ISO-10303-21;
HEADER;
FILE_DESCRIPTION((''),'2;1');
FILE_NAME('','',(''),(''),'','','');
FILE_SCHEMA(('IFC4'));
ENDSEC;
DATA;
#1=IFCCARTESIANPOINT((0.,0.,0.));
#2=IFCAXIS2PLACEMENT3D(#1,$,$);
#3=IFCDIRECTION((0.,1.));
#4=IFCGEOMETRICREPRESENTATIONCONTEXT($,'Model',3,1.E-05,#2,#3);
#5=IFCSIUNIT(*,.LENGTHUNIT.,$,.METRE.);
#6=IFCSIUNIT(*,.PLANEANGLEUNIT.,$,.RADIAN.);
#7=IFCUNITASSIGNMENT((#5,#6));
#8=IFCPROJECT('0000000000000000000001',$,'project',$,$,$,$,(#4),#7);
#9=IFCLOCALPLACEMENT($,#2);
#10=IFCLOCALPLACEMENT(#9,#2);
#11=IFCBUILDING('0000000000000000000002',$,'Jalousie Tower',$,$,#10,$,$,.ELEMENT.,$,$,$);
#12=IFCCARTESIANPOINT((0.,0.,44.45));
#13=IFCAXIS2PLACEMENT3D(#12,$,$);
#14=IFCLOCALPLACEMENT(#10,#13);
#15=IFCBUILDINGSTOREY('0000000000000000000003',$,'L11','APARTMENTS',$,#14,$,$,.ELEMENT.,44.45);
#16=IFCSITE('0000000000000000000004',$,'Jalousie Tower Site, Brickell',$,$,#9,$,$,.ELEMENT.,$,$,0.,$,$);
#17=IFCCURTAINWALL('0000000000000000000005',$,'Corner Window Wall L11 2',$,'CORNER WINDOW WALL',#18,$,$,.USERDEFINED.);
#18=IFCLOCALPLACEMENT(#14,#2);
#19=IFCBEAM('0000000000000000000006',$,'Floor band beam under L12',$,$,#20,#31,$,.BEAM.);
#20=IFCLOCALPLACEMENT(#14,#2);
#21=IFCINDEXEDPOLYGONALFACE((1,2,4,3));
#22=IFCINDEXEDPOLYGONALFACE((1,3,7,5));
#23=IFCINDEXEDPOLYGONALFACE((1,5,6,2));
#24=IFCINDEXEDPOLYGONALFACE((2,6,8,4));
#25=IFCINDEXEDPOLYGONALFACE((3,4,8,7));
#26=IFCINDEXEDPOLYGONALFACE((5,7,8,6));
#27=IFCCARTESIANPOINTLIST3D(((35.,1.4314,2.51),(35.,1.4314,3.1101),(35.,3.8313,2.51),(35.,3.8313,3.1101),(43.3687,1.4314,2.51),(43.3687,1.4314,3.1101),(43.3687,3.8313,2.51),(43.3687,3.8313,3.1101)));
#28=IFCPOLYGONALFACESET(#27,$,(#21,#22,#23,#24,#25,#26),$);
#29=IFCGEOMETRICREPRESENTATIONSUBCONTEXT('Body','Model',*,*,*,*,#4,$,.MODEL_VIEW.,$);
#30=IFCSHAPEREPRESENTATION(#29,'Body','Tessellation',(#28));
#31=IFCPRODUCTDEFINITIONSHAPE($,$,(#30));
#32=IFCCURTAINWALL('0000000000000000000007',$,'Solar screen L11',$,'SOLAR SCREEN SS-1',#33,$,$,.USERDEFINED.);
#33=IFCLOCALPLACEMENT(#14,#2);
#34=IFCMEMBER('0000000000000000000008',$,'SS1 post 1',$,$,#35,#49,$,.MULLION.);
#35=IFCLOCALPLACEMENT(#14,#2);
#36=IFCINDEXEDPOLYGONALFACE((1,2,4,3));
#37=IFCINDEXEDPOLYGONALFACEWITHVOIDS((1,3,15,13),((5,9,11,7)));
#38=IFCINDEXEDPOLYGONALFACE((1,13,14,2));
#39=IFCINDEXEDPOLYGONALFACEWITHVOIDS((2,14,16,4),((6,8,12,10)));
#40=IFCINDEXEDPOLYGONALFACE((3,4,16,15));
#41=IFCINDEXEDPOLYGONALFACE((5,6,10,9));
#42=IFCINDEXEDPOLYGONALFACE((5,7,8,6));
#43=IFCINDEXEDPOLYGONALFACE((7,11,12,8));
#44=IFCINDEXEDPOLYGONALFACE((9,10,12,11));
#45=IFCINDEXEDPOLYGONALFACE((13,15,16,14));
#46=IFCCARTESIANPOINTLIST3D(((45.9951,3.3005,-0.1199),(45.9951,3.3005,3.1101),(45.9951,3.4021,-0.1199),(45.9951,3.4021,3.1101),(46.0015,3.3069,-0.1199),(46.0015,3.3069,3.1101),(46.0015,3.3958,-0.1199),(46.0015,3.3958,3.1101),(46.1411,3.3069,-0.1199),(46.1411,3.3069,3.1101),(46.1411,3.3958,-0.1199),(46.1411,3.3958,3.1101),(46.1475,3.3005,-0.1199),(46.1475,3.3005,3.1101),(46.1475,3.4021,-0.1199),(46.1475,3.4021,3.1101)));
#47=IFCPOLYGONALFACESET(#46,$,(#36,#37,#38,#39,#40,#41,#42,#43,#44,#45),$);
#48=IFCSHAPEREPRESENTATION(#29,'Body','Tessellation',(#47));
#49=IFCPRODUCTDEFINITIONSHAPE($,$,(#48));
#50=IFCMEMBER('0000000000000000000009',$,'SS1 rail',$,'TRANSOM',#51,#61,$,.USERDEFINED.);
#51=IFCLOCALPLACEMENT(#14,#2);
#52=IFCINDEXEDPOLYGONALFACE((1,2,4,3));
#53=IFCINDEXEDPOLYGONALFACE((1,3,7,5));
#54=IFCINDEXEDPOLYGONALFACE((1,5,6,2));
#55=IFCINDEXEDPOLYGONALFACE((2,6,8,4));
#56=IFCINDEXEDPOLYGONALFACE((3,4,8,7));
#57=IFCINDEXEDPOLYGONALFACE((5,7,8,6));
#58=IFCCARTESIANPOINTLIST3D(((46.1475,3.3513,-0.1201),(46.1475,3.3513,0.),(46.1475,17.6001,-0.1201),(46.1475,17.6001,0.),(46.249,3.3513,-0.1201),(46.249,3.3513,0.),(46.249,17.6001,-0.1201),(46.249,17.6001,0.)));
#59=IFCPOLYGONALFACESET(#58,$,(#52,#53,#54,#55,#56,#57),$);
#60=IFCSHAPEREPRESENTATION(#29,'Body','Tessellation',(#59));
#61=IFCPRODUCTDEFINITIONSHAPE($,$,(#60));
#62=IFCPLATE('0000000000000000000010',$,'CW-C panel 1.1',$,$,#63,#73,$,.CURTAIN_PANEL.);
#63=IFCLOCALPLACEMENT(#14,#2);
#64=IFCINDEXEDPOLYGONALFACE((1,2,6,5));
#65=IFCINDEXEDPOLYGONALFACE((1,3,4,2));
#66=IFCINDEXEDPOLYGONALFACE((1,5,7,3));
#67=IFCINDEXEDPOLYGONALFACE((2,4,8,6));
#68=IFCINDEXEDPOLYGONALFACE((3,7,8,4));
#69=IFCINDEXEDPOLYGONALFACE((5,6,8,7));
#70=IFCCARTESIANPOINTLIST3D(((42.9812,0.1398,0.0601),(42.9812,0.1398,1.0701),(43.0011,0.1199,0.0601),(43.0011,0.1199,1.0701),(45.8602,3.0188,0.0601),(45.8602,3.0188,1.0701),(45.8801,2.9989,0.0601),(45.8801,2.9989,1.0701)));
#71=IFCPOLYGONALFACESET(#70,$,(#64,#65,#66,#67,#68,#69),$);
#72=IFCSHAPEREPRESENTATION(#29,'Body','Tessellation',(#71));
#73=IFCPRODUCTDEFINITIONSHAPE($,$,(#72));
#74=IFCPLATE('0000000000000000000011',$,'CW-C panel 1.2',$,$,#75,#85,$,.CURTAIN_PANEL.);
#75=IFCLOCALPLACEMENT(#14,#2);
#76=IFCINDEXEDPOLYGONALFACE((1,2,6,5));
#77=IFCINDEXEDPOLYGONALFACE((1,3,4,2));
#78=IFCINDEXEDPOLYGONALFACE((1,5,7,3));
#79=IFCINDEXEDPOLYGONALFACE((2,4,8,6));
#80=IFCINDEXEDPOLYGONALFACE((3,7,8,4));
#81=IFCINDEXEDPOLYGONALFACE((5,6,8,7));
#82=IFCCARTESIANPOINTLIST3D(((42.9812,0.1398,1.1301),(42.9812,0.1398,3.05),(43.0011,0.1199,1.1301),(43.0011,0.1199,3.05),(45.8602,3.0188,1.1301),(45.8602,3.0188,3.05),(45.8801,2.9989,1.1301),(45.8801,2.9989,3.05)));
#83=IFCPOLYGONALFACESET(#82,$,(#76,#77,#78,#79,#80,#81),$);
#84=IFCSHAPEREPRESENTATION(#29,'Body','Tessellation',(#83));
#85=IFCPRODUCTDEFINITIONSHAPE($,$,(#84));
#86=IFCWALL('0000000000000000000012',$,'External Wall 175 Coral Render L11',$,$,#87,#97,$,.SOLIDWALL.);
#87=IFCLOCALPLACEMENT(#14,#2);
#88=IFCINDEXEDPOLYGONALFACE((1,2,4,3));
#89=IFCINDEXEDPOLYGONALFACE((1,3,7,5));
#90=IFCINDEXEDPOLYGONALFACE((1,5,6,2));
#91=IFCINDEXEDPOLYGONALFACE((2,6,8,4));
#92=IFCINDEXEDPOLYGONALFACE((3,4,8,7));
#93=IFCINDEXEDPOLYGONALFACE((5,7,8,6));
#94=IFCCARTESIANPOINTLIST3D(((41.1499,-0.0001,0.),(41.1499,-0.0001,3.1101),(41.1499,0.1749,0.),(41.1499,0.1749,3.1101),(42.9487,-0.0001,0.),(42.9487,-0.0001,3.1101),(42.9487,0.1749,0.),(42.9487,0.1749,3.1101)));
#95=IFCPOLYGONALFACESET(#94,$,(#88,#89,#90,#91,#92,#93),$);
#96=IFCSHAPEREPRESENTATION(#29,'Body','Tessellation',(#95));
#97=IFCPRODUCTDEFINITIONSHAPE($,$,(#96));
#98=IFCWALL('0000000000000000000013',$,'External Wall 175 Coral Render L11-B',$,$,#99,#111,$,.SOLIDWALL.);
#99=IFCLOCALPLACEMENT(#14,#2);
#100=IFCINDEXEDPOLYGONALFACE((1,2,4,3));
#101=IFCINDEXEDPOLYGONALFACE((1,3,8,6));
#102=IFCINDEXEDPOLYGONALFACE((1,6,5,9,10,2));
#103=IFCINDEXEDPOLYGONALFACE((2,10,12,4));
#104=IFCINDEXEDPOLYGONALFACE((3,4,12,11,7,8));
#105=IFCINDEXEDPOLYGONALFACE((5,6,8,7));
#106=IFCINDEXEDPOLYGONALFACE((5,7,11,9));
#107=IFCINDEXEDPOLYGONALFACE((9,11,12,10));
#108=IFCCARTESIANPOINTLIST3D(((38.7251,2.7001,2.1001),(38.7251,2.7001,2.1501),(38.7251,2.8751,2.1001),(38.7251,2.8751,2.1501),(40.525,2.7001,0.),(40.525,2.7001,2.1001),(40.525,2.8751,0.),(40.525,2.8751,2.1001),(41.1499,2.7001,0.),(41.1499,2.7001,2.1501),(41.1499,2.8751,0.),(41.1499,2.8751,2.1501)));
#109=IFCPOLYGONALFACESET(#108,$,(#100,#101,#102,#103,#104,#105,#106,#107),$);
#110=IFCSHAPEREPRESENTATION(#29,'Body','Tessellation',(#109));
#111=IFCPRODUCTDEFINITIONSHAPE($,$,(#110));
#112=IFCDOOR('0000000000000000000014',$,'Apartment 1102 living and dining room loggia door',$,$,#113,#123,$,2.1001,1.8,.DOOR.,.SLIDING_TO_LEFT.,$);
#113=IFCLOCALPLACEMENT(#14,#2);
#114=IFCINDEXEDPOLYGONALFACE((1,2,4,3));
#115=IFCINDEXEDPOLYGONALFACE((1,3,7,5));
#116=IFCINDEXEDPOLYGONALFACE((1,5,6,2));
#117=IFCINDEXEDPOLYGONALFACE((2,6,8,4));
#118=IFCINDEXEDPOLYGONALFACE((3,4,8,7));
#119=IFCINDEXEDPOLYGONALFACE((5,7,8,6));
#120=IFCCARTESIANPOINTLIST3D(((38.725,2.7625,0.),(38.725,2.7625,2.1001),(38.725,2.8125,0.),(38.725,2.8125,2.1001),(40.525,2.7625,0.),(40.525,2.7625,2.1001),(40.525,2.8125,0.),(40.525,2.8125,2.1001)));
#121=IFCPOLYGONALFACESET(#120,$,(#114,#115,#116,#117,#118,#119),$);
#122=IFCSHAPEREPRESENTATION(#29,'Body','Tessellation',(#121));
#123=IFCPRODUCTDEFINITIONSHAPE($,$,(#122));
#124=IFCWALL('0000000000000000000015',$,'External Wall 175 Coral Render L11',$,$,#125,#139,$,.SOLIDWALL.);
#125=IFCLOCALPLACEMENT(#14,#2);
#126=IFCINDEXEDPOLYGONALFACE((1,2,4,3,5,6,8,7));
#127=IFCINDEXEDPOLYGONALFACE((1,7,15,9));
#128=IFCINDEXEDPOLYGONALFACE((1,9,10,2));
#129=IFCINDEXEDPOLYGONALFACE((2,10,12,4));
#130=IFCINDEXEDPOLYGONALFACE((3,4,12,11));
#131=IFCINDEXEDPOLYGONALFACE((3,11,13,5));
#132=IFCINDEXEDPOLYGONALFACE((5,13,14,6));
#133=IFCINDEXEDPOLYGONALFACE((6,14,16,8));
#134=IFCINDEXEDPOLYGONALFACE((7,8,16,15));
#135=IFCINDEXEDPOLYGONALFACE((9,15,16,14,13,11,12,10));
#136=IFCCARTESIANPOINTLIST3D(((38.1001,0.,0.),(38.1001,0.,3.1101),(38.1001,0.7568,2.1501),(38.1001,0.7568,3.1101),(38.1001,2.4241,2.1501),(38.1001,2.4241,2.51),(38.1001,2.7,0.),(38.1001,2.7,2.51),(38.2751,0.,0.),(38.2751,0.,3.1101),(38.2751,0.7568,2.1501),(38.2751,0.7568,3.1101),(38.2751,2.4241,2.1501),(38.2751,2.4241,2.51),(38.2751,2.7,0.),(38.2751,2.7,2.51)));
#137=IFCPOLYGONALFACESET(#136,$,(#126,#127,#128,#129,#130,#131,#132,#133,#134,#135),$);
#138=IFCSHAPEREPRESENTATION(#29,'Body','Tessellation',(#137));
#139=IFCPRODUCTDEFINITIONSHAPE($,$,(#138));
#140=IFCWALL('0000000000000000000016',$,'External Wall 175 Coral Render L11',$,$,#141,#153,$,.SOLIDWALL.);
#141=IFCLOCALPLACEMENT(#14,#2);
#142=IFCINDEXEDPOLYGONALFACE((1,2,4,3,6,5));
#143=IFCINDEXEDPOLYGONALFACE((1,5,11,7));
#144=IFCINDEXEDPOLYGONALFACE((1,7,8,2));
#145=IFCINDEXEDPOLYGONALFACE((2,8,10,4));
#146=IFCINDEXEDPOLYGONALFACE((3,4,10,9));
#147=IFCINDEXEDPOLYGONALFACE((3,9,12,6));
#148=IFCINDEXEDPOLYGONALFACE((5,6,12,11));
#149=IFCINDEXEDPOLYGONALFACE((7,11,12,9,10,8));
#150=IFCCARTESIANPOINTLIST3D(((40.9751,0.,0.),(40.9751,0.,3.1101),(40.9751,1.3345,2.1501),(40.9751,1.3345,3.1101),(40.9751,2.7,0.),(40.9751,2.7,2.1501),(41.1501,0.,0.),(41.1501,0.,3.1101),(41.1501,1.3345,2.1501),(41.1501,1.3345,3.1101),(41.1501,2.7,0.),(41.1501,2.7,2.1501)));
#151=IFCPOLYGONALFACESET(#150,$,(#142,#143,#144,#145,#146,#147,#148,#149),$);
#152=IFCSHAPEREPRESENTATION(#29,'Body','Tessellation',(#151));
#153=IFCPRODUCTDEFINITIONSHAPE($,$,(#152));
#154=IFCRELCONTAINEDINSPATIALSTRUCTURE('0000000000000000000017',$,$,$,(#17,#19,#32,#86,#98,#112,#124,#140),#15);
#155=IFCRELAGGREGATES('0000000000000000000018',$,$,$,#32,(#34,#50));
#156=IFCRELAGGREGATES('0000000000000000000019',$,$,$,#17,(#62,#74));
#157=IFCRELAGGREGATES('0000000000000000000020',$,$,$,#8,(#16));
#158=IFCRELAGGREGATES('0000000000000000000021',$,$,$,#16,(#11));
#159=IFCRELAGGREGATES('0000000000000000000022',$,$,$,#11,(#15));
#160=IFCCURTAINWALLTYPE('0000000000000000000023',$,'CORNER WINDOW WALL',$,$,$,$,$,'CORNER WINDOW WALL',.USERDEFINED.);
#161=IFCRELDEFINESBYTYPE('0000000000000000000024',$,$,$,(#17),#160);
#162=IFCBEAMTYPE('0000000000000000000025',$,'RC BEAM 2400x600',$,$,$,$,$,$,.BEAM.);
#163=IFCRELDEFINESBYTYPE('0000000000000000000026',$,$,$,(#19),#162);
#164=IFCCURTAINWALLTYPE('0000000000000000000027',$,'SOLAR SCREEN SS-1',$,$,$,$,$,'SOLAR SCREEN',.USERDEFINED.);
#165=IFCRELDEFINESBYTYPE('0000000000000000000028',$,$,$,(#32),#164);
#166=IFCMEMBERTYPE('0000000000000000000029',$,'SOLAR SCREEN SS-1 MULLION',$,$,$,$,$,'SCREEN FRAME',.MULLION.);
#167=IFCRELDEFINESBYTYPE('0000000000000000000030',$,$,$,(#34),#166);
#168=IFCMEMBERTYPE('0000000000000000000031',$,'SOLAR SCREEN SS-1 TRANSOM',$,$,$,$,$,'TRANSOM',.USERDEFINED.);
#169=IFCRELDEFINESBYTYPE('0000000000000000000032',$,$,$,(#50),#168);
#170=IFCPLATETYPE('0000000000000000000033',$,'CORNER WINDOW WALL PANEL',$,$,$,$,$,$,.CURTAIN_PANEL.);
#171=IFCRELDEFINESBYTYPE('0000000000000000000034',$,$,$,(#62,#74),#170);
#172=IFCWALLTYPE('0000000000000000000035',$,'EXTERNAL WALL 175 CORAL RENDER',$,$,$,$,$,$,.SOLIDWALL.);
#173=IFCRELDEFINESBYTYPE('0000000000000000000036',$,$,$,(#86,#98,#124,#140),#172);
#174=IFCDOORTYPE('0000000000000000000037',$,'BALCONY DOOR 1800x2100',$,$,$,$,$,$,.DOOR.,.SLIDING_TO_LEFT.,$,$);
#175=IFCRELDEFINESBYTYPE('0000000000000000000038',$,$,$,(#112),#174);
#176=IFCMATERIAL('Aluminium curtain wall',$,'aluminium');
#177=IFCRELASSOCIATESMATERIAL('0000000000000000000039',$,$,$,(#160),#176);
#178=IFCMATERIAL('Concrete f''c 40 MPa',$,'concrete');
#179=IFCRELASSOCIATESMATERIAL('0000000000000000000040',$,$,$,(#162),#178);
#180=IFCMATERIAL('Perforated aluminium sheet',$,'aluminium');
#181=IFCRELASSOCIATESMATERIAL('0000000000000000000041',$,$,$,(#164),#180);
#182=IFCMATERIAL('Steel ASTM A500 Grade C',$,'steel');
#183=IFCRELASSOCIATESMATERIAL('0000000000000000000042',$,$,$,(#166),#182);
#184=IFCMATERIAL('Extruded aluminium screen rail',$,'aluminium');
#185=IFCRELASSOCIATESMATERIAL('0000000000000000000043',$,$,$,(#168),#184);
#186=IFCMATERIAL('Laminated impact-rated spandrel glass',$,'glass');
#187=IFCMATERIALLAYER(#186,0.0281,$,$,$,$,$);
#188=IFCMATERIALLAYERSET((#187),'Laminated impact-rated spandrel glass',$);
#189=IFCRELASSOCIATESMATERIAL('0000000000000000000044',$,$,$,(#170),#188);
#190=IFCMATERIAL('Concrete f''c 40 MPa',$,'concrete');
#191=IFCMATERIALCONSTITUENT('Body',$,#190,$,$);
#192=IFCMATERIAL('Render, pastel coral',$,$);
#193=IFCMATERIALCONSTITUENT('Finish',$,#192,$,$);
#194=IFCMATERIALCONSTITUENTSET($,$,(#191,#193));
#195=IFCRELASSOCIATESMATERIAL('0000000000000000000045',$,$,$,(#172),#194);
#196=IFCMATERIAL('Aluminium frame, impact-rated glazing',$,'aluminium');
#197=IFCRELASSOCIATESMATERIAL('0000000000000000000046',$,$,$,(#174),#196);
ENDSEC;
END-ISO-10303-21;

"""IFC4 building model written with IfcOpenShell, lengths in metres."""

from ifc_helpers import new_model, si_unit, direction, frame, frame_2d, origin, origin_2d, place, context, subcontext, project, spatial, polyline, rectangle, hollow_rectangle, outline, extrude, material, layer, layer_set, constituent, constituent_set, material_profile, profile_set, type_object, element, fill, aggregate, save


model = new_model("IFC4")

# Units and contexts
model_context = context("Model", 3, precision=1e-05, world=origin(), true_north=direction((0.0, 1.0)))
body_context = subcontext(model_context, "Body", "Model", "MODEL_VIEW")
ifc_project = project(units=[si_unit("LENGTHUNIT", "METRE"), si_unit("PLANEANGLEUNIT", "RADIAN")], contexts=[model_context])

# Site, building, storey
site_placement = place(None, origin())
site = spatial("IfcSite", under=ifc_project, at=site_placement, Name="Jalousie Tower Site, Brickell", CompositionType="ELEMENT", RefElevation=0.0)
building_placement = place(site_placement, origin())
building = spatial("IfcBuilding", under=site, at=building_placement, Name="Jalousie Tower", CompositionType="ELEMENT")
storey_placement = place(building_placement, frame((0.0, 0.0, 44.45)))
storey = spatial("IfcBuildingStorey", under=building, at=storey_placement, Name="L11", Description="APARTMENTS", CompositionType="ELEMENT", Elevation=44.45)

# Curtain wall
ifc_material_1 = material(Name="Aluminium curtain wall", Category="aluminium")
curtain_wall_type_1 = type_object("IfcCurtainWallType", Name="CORNER WINDOW WALL", ElementType="CORNER WINDOW WALL", PredefinedType="USERDEFINED", material=ifc_material_1)
curtain_wall_1_placement = place(storey_placement, origin())
curtain_wall_1 = element("IfcCurtainWall", 1, at=curtain_wall_1_placement, inside=storey, type_object=curtain_wall_type_1, Name="Corner Window Wall L11 2", ObjectType="CORNER WINDOW WALL", PredefinedType="USERDEFINED")

# Beam
ifc_material_2 = material(Name="Concrete f'c 40 MPa", Category="concrete")
ifc_material_profile_1 = material_profile(ifc_material_2, rectangle(XDim=2.3999, YDim=0.6001, at=origin_2d()), Name="RC 2400x600")
ifc_profile_set_1 = profile_set([ifc_material_profile_1], Name="Concrete f'c 40 MPa")
beam_type_1 = type_object("IfcBeamType", Name="RC BEAM 2400x600", PredefinedType="BEAM", material=ifc_profile_set_1)
beam_1_placement = place(storey_placement, frame((43.3687, 2.6313, 2.8101), z_axis=(-1.0, 0.0, 0.0), x_axis=(0.0, -1.0, 0.0)))
element("IfcBeam", 2, at=beam_1_placement, inside=storey, type_object=beam_type_1, Name="Floor band beam under L12", PredefinedType="BEAM", context=body_context, shape_type="SweptSolid", body=[
    extrude(rectangle(XDim=2.3999, YDim=0.6001, at=origin_2d()), origin(), (0.0, 0.0, 1.0), 8.3687),
])

# Curtain wall, members
ifc_material_3 = material(Name="Perforated aluminium sheet", Category="aluminium")
curtain_wall_type_2 = type_object("IfcCurtainWallType", Name="SOLAR SCREEN SS-1", ElementType="SOLAR SCREEN", PredefinedType="USERDEFINED", material=ifc_material_3)
curtain_wall_2_placement = place(storey_placement, origin())
curtain_wall_2 = element("IfcCurtainWall", 3, at=curtain_wall_2_placement, inside=storey, type_object=curtain_wall_type_2, Name="Solar screen L11", ObjectType="SOLAR SCREEN SS-1", PredefinedType="USERDEFINED")
ifc_material_4 = material(Name="Steel ASTM A500 Grade C", Category="steel")
ifc_material_profile_2 = material_profile(ifc_material_4, hollow_rectangle(XDim=0.1016, YDim=0.1523, WallThickness=0.0063, at=origin_2d()), Name="HSS6X4X1/4")
ifc_profile_set_2 = profile_set([ifc_material_profile_2], Name="Steel ASTM A500 Grade C")
member_type_1 = type_object("IfcMemberType", Name="SOLAR SCREEN SS-1 MULLION", ElementType="SCREEN FRAME", PredefinedType="MULLION", material=ifc_profile_set_2)
member_1_placement = place(storey_placement, frame((46.0713, 3.3513, -0.1199), z_axis=(0.0, 0.0, 1.0), x_axis=(0.0, 1.0, 0.0)))
member_1 = element("IfcMember", 4, at=member_1_placement, type_object=member_type_1, Name="SS1 post 1", PredefinedType="MULLION", context=body_context, shape_type="SweptSolid", body=[
    extrude(hollow_rectangle(XDim=0.1016, YDim=0.1523, WallThickness=0.0063, at=origin_2d()), origin(), (0.0, 0.0, 1.0), 3.23),
])
ifc_material_5 = material(Name="Extruded aluminium screen rail", Category="aluminium")
ifc_material_profile_3 = material_profile(ifc_material_5, rectangle(XDim=0.1016, YDim=0.1201, at=origin_2d()), Name="RAIL 102x120")
ifc_profile_set_3 = profile_set([ifc_material_profile_3], Name="Extruded aluminium screen rail")
member_type_2 = type_object("IfcMemberType", Name="SOLAR SCREEN SS-1 TRANSOM", ElementType="TRANSOM", PredefinedType="USERDEFINED", material=ifc_profile_set_3)
member_2_placement = place(storey_placement, frame((46.1982, 3.3513, -0.0601), z_axis=(0.0, 1.0, 0.0), x_axis=(-1.0, 0.0, 0.0)))
member_2 = element("IfcMember", 5, at=member_2_placement, type_object=member_type_2, Name="SS1 rail", ObjectType="TRANSOM", PredefinedType="USERDEFINED", context=body_context, shape_type="SweptSolid", body=[
    extrude(rectangle(XDim=0.1016, YDim=0.1201, at=origin_2d()), origin(), (0.0, 0.0, 1.0), 14.2488),
])
aggregate(curtain_wall_2, [member_1, member_2])

# Plates
ifc_material_6 = material(Name="Laminated impact-rated spandrel glass", Category="glass")
ifc_layer_1 = layer(ifc_material_6, 0.0281)
ifc_layer_set_1 = layer_set([ifc_layer_1], Name="Laminated impact-rated spandrel glass")
plate_type = type_object("IfcPlateType", Name="CORNER WINDOW WALL PANEL", PredefinedType="CURTAIN_PANEL", material=ifc_layer_set_1)
plate_1_placement = place(storey_placement, frame((44.4307, 1.5693, 0.0601), z_axis=(0.0, 0.0, 1.0), x_axis=(0.707107, 0.707107, 0.0)))
plate_1 = element("IfcPlate", 6, at=plate_1_placement, type_object=plate_type, Name="CW-C panel 1.1", PredefinedType="CURTAIN_PANEL", context=body_context, shape_type="SweptSolid", body=[
    extrude(rectangle(XDim=4.0715, YDim=0.0281, at=origin_2d()), origin(), (0.0, 0.0, 1.0), 1.01),
])
plate_2_placement = place(storey_placement, frame((44.4307, 1.5693, 1.1301), z_axis=(0.0, 0.0, 1.0), x_axis=(0.707107, 0.707107, 0.0)))
plate_2 = element("IfcPlate", 7, at=plate_2_placement, type_object=plate_type, Name="CW-C panel 1.2", PredefinedType="CURTAIN_PANEL", context=body_context, shape_type="SweptSolid", body=[
    extrude(rectangle(XDim=4.0715, YDim=0.0281, at=origin_2d()), origin(), (0.0, 0.0, 1.0), 1.9199),
])
aggregate(curtain_wall_1, [plate_1, plate_2])

# Wall
ifc_material_7 = material(Name="Concrete f'c 40 MPa", Category="concrete")
ifc_constituent_1 = constituent(ifc_material_7, Name="Body")
ifc_material_8 = material(Name="Render, pastel coral")
ifc_constituent_2 = constituent(ifc_material_8, Name="Finish")
ifc_constituent_set = constituent_set(constituents=[ifc_constituent_1, ifc_constituent_2])
wall_type = type_object("IfcWallType", Name="EXTERNAL WALL 175 CORAL RENDER", PredefinedType="SOLIDWALL", material=ifc_constituent_set)
wall_1_placement = place(storey_placement, frame((41.1499, 0.0874, 0.0), z_axis=(0.0, 0.0, 1.0), x_axis=(1.0, 0.0, 0.0)))
element("IfcWall", 8, at=wall_1_placement, inside=storey, type_object=wall_type, Name="External Wall 175 Coral Render L11", PredefinedType="SOLIDWALL", context=body_context, shape_type="SweptSolid", body=[
    extrude(rectangle(XDim=1.7988, YDim=0.175, at=frame_2d((0.8994, 0.0))), origin(), (0.0, 0.0, 1.0), 3.1101),
])

# Wall, opening, door
wall_2_placement = place(storey_placement, frame((38.7251, 2.7876, 0.0), z_axis=(0.0, 0.0, 1.0), x_axis=(1.0, 0.0, 0.0)))
wall_2 = element("IfcWall", 9, at=wall_2_placement, inside=storey, type_object=wall_type, Name="External Wall 175 Coral Render L11-B", PredefinedType="SOLIDWALL", context=body_context, shape_type="SweptSolid", body=[
    extrude(rectangle(XDim=2.4248, YDim=0.175, at=frame_2d((1.2124, 0.0))), origin(), (0.0, 0.0, 1.0), 2.1501),
])
opening_1_placement = place(wall_2_placement, origin())
opening_1 = element("IfcOpeningElement", 10, at=opening_1_placement, cuts=wall_2, PredefinedType="OPENING", context=body_context, shape_type="SweptSolid", body=[
    extrude(rectangle(XDim=1.8, YDim=2.1001, at=frame_2d((0.8999, 1.05))), frame((0.0, 0.0974, 0.0), z_axis=(0.0, -1.0, 0.0), x_axis=(1.0, 0.0, 0.0)), (0.0, 0.0, 1.0), 0.1951),
])
ifc_material_9 = material(Name="Aluminium frame, impact-rated glazing", Category="aluminium")
door_type = type_object("IfcDoorType", Name="BALCONY DOOR 1800x2100", OperationType="SLIDING_TO_LEFT", PredefinedType="DOOR", material=ifc_material_9)
door_placement = place(opening_1_placement, origin())
door = element("IfcDoor", 11, at=door_placement, inside=storey, type_object=door_type, Name="Apartment 1102 living and dining room loggia door", OperationType="SLIDING_TO_LEFT", OverallHeight=2.1001, OverallWidth=1.8, PredefinedType="DOOR", context=body_context, shape_type="SweptSolid", body=[
    extrude(rectangle(XDim=1.8, YDim=2.1001, at=frame_2d((0.8999, 1.05))), frame((0.0, 0.0249, 0.0), z_axis=(0.0, -1.0, 0.0), x_axis=(1.0, 0.0, 0.0)), (0.0, 0.0, 1.0), 0.05),
])
fill(opening_1, door)

# Walls
wall_3_placement = place(storey_placement, frame((38.1875, 0.0, 0.0), z_axis=(0.0, 0.0, 1.0), x_axis=(0.0, 1.0, 0.0)))
element("IfcWall", 12, at=wall_3_placement, inside=storey, type_object=wall_type, Name="External Wall 175 Coral Render L11", PredefinedType="SOLIDWALL", context=body_context, shape_type="SweptSolid", body=[
    extrude(outline(polyline([(0.0, 0.0), (2.7, 0.0), (2.7, 2.51), (2.4241, 2.51), (2.4241, 2.1501), (0.7568, 2.1501), (0.7568, 3.1101), (0.0, 3.1101), (0.0, 0.0)])), frame((0.0, 0.0874, 0.0), z_axis=(0.0, -1.0, 0.0), x_axis=(1.0, 0.0, 0.0)), (0.0, 0.0, 1.0), 0.175),
])
wall_4_placement = place(storey_placement, frame((41.0625, 0.0, 0.0), z_axis=(0.0, 0.0, 1.0), x_axis=(0.0, 1.0, 0.0)))
element("IfcWall", 13, at=wall_4_placement, inside=storey, type_object=wall_type, Name="External Wall 175 Coral Render L11", PredefinedType="SOLIDWALL", context=body_context, shape_type="SweptSolid", body=[
    extrude(outline(polyline([(0.0, 0.0), (2.7, 0.0), (2.7, 2.1501), (1.3345, 2.1501), (1.3345, 3.1101), (0.0, 3.1101), (0.0, 0.0)])), frame((0.0, 0.0874, 0.0), z_axis=(0.0, -1.0, 0.0), x_axis=(1.0, 0.0, 0.0)), (0.0, 0.0, 1.0), 0.175),
])

save(model, "model.ifc")
